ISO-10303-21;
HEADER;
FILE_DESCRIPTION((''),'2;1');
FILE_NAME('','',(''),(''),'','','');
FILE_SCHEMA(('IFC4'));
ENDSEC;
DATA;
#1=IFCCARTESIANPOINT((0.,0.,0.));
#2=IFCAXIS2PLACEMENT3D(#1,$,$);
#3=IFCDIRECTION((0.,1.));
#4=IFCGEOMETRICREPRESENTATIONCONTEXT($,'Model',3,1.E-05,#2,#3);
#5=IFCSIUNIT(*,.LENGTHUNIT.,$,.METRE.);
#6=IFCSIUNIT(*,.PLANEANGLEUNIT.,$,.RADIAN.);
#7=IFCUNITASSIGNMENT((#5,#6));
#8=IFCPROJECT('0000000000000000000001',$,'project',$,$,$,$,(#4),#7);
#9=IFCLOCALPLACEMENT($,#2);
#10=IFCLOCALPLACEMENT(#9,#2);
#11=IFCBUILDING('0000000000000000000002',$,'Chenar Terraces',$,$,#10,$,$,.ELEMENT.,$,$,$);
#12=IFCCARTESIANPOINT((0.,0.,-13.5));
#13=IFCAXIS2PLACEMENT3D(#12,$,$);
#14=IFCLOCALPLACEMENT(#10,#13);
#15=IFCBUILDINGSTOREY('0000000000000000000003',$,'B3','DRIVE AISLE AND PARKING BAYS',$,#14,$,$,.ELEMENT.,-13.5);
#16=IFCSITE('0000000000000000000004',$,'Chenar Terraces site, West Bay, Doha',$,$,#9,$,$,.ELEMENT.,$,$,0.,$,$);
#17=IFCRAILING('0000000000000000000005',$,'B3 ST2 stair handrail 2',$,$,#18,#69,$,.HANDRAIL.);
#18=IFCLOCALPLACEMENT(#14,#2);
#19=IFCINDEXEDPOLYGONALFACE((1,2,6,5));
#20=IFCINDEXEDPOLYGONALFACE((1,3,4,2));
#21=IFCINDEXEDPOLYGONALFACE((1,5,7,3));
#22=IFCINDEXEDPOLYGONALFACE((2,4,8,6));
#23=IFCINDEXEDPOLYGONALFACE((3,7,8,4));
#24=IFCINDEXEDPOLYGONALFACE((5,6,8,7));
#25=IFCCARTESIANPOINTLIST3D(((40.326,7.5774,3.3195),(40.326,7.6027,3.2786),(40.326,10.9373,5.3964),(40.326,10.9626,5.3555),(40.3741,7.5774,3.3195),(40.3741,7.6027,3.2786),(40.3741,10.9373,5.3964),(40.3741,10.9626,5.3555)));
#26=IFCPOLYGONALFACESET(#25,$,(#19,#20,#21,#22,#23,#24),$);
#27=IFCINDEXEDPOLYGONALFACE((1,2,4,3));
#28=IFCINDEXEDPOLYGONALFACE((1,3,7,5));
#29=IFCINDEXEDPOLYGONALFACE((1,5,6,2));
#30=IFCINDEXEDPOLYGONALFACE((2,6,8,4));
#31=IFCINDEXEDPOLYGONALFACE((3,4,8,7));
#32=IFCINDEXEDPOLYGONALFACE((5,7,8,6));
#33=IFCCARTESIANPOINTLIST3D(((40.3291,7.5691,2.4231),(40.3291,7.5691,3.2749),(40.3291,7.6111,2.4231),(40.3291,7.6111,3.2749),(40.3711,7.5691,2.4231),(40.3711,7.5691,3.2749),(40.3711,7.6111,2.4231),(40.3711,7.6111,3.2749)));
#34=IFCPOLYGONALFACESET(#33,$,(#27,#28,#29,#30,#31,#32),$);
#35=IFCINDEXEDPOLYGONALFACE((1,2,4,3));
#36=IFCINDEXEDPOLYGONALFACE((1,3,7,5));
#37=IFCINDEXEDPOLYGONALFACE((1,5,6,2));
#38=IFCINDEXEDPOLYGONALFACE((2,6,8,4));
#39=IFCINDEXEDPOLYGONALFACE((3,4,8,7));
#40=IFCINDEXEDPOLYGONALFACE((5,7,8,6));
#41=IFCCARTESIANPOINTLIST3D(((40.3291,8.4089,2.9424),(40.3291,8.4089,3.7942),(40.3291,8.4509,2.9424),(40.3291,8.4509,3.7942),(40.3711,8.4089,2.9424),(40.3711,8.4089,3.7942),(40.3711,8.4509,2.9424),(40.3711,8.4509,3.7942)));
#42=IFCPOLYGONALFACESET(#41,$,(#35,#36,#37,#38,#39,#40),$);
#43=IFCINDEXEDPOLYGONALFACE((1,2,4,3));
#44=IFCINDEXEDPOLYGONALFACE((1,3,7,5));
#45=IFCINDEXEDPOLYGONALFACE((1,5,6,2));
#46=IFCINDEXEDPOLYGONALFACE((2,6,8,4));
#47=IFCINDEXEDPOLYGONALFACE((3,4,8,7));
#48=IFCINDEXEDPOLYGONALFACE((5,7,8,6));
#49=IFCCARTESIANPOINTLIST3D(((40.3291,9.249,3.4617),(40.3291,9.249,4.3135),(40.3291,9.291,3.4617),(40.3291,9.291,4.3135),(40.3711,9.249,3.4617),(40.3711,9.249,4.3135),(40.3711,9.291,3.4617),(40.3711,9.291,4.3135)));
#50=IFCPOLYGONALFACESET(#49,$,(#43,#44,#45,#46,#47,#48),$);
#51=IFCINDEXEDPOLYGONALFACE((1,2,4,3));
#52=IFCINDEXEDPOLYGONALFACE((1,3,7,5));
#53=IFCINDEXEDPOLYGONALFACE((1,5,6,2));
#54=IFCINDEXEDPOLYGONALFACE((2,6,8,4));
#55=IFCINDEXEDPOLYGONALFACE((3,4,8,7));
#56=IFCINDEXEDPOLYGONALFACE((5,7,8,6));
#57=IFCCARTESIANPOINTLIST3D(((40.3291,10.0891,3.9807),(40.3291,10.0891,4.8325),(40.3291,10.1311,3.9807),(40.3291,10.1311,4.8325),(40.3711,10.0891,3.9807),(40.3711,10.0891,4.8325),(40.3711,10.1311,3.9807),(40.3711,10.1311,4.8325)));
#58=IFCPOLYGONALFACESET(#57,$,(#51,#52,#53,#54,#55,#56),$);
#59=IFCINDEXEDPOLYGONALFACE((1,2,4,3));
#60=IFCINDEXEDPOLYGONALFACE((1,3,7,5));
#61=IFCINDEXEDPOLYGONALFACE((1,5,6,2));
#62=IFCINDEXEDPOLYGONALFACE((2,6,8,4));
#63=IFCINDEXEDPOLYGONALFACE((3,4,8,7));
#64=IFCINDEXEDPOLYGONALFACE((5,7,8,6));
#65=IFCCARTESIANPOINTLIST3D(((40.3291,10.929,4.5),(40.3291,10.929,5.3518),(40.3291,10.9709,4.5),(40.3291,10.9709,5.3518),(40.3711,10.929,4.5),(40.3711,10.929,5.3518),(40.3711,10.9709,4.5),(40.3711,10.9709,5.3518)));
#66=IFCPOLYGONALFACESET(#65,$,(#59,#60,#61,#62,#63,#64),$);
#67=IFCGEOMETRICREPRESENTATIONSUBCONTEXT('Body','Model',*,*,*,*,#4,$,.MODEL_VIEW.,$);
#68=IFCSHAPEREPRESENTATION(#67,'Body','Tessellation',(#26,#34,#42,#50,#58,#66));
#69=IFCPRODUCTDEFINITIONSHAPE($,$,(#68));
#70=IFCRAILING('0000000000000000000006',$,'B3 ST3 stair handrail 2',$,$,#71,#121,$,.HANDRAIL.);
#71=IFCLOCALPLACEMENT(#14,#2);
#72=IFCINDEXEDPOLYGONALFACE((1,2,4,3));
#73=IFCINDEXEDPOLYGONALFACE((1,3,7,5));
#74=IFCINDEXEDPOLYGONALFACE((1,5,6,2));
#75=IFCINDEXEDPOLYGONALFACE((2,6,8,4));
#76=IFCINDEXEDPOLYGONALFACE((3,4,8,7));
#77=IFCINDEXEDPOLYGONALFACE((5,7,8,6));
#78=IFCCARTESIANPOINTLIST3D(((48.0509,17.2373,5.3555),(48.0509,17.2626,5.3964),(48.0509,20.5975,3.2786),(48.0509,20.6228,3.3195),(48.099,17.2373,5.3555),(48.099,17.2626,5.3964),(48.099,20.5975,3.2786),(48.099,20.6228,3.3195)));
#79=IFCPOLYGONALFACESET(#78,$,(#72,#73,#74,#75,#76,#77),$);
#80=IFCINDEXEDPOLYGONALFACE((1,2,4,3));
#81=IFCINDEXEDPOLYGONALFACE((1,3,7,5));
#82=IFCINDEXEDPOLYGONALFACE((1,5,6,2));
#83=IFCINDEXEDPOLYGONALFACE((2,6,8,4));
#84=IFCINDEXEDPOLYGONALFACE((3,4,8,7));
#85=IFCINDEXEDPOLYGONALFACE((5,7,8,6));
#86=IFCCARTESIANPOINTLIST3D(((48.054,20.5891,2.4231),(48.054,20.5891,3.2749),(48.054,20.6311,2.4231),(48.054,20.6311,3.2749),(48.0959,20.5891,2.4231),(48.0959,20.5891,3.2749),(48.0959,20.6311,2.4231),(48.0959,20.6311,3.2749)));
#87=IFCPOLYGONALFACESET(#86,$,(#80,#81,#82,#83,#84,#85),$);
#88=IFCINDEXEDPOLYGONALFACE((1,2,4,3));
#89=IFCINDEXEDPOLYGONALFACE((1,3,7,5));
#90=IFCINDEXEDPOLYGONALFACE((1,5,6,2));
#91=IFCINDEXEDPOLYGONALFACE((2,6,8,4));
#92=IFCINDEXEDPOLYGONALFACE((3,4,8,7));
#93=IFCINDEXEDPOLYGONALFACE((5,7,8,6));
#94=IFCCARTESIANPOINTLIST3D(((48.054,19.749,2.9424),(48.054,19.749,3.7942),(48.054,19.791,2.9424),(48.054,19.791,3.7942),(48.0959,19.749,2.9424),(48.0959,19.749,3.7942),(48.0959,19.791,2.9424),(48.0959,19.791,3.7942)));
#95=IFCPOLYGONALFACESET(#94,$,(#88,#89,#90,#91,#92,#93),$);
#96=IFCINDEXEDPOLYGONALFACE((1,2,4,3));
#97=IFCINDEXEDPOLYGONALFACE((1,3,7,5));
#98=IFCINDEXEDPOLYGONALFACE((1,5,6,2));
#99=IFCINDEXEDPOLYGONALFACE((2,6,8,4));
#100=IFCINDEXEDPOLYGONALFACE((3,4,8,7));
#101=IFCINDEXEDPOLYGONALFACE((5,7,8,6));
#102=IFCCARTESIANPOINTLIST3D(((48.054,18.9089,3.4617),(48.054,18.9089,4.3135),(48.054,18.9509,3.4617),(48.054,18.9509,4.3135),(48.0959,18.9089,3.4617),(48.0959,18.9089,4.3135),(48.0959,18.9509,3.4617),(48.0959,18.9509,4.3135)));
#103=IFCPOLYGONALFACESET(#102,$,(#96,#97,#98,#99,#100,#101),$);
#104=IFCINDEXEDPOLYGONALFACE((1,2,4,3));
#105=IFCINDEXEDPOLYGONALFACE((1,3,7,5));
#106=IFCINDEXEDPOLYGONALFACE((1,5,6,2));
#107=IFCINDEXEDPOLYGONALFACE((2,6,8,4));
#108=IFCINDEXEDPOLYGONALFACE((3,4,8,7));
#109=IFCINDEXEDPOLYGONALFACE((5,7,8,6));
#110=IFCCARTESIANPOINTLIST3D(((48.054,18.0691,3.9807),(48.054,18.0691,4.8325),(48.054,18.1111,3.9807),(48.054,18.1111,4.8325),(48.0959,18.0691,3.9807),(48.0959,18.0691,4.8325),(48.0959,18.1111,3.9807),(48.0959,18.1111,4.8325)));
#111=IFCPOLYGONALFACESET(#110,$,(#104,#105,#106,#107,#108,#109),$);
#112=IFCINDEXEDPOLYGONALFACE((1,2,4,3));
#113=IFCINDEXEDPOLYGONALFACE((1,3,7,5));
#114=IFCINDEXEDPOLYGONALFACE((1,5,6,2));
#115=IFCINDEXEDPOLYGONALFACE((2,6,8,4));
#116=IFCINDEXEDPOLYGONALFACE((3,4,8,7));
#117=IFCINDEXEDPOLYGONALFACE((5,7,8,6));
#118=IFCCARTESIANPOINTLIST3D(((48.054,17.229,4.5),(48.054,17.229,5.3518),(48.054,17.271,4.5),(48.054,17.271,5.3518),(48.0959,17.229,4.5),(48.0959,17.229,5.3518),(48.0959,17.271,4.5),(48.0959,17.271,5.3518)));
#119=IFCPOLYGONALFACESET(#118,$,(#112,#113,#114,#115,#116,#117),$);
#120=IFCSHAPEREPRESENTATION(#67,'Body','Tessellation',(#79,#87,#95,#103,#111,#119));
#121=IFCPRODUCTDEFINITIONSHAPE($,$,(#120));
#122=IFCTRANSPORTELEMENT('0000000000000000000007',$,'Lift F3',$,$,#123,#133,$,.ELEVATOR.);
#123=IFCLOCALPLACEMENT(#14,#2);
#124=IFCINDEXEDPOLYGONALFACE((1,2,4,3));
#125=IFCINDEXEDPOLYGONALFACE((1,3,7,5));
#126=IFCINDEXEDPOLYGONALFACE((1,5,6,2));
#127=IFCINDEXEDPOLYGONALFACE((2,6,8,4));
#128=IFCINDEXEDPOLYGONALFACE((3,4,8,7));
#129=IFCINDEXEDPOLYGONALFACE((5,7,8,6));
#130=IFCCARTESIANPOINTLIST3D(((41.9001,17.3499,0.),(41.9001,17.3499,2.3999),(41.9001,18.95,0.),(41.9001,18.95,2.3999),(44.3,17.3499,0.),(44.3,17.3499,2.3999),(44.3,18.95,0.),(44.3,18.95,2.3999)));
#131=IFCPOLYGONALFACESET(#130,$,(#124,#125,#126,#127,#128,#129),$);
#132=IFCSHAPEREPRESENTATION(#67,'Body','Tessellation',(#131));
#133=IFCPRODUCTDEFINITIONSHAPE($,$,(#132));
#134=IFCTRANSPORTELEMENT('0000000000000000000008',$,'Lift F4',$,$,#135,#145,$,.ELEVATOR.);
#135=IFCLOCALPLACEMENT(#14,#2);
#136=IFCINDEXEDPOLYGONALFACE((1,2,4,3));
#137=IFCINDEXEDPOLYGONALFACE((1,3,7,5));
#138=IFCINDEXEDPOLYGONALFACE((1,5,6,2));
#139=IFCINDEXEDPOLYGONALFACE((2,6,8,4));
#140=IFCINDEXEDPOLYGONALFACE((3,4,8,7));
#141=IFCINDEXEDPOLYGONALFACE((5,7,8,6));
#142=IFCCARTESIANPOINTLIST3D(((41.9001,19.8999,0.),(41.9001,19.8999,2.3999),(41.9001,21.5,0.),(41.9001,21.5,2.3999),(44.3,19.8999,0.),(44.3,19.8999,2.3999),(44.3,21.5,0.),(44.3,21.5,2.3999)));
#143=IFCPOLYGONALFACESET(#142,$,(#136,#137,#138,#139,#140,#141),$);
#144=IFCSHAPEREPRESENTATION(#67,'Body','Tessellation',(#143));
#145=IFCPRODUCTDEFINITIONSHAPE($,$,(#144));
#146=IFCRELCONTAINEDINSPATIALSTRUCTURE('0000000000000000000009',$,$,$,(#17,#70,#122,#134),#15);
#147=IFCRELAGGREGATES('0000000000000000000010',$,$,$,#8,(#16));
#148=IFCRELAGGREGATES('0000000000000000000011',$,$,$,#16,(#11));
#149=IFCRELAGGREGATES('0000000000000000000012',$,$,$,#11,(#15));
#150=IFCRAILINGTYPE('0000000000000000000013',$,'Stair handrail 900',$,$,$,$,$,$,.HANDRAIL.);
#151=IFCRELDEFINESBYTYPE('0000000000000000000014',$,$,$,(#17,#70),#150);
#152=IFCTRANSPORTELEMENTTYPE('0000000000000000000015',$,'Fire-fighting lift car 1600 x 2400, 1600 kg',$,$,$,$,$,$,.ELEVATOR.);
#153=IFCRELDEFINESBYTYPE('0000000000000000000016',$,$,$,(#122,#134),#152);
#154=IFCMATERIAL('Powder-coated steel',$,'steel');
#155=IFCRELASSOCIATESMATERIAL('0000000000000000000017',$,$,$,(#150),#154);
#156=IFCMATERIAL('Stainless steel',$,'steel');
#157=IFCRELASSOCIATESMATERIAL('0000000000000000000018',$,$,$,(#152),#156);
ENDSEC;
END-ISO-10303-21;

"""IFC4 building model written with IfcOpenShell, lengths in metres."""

from ifc_helpers import new_model, si_unit, direction, frame, origin, origin_2d, place, context, subcontext, project, spatial, rectangle, extrude, material, type_object, element, save


model = new_model("IFC4")

# Units and contexts
model_context = context("Model", 3, precision=1e-05, world=origin(), true_north=direction((0.0, 1.0)))
body_context = subcontext(model_context, "Body", "Model", "MODEL_VIEW")
ifc_project = project(units=[si_unit("LENGTHUNIT", "METRE"), si_unit("PLANEANGLEUNIT", "RADIAN")], contexts=[model_context])

# Site, building, storey
site_placement = place(None, origin())
site = spatial("IfcSite", under=ifc_project, at=site_placement, Name="Chenar Terraces site, West Bay, Doha", CompositionType="ELEMENT", RefElevation=0.0)
building_placement = place(site_placement, origin())
building = spatial("IfcBuilding", under=site, at=building_placement, Name="Chenar Terraces", CompositionType="ELEMENT")
storey_placement = place(building_placement, frame((0.0, 0.0, -13.5)))
storey = spatial("IfcBuildingStorey", under=building, at=storey_placement, Name="B3", Description="DRIVE AISLE AND PARKING BAYS", CompositionType="ELEMENT", Elevation=-13.5)

# Railings
ifc_material_1 = material(Name="Powder-coated steel", Category="steel")
railing_type_1 = type_object("IfcRailingType", Name="Stair handrail 900", PredefinedType="HANDRAIL", material=ifc_material_1)
railing_1_placement = place(storey_placement, frame((40.3501, 7.5901, 2.4231)))
element("IfcRailing", 1, at=railing_1_placement, inside=storey, type_object=railing_type_1, Name="B3 ST2 stair handrail 2", PredefinedType="HANDRAIL", context=body_context, shape_type="SweptSolid", body=[
    extrude(rectangle(XDim=0.0481, YDim=0.0481, at=origin_2d()), frame((0.0, 0.0, 0.876), z_axis=(0.0, 0.850606, 0.525803), x_axis=(-1.0, 0.0, 0.0)), (0.0, 0.0, 1.0), 3.95),
    extrude(rectangle(XDim=0.042, YDim=0.042, at=origin_2d()), origin(), (0.0, 0.0, 1.0), 0.8518),
    extrude(rectangle(XDim=0.042, YDim=0.042, at=origin_2d()), frame((0.0, 0.8398, 0.5193)), (0.0, 0.0, 1.0), 0.8518),
    extrude(rectangle(XDim=0.042, YDim=0.042, at=origin_2d()), frame((0.0, 1.6799, 1.0386)), (0.0, 0.0, 1.0), 0.8518),
    extrude(rectangle(XDim=0.042, YDim=0.042, at=origin_2d()), frame((0.0, 2.52, 1.5576)), (0.0, 0.0, 1.0), 0.8518),
    extrude(rectangle(XDim=0.042, YDim=0.042, at=origin_2d()), frame((0.0, 3.3599, 2.0769)), (0.0, 0.0, 1.0), 0.8518),
])
railing_2_placement = place(storey_placement, frame((48.075, 20.6101, 2.4231)))
element("IfcRailing", 2, at=railing_2_placement, inside=storey, type_object=railing_type_1, Name="B3 ST3 stair handrail 2", PredefinedType="HANDRAIL", context=body_context, shape_type="SweptSolid", body=[
    extrude(rectangle(XDim=0.0481, YDim=0.0481, at=origin_2d()), frame((0.0, 0.0, 0.876), z_axis=(0.0, -0.850623, 0.525776), x_axis=(1.0, 0.0, 0.0)), (0.0, 0.0, 1.0), 3.9502),
    extrude(rectangle(XDim=0.042, YDim=0.042, at=origin_2d()), origin(), (0.0, 0.0, 1.0), 0.8518),
    extrude(rectangle(XDim=0.042, YDim=0.042, at=origin_2d()), frame((0.0, -0.8401, 0.5193)), (0.0, 0.0, 1.0), 0.8518),
    extrude(rectangle(XDim=0.042, YDim=0.042, at=origin_2d()), frame((0.0, -1.6802, 1.0386)), (0.0, 0.0, 1.0), 0.8518),
    extrude(rectangle(XDim=0.042, YDim=0.042, at=origin_2d()), frame((0.0, -2.52, 1.5576)), (0.0, 0.0, 1.0), 0.8518),
    extrude(rectangle(XDim=0.042, YDim=0.042, at=origin_2d()), frame((0.0, -3.3601, 2.0769)), (0.0, 0.0, 1.0), 0.8518),
])

# Transport elements
ifc_material_2 = material(Name="Stainless steel", Category="steel")
transport_element_type = type_object("IfcTransportElementType", Name="Fire-fighting lift car 1600 x 2400, 1600 kg", PredefinedType="ELEVATOR", material=ifc_material_2)
for number, where, z_axis, x_axis, name in (
    (3, (43.1001, 18.1499, 0.0), (0.0, 0.0, 1.0), (1.0, 0.0, 0.0), "Lift F3"),
    (4, (43.1001, 20.7, 0.0), (0.0, 0.0, 1.0), (1.0, 0.0, 0.0), "Lift F4"),
):
    element("IfcTransportElement", number, at=place(storey_placement, frame(where, z_axis=z_axis, x_axis=x_axis)), inside=storey, type_object=transport_element_type, Name=name, PredefinedType="ELEVATOR", context=body_context, shape_type="SweptSolid", body=[
        extrude(rectangle(XDim=2.3999, YDim=1.6001, at=origin_2d()), origin(), (0.0, 0.0, 1.0), 2.3999),
    ])

save(model, "model.ifc")
